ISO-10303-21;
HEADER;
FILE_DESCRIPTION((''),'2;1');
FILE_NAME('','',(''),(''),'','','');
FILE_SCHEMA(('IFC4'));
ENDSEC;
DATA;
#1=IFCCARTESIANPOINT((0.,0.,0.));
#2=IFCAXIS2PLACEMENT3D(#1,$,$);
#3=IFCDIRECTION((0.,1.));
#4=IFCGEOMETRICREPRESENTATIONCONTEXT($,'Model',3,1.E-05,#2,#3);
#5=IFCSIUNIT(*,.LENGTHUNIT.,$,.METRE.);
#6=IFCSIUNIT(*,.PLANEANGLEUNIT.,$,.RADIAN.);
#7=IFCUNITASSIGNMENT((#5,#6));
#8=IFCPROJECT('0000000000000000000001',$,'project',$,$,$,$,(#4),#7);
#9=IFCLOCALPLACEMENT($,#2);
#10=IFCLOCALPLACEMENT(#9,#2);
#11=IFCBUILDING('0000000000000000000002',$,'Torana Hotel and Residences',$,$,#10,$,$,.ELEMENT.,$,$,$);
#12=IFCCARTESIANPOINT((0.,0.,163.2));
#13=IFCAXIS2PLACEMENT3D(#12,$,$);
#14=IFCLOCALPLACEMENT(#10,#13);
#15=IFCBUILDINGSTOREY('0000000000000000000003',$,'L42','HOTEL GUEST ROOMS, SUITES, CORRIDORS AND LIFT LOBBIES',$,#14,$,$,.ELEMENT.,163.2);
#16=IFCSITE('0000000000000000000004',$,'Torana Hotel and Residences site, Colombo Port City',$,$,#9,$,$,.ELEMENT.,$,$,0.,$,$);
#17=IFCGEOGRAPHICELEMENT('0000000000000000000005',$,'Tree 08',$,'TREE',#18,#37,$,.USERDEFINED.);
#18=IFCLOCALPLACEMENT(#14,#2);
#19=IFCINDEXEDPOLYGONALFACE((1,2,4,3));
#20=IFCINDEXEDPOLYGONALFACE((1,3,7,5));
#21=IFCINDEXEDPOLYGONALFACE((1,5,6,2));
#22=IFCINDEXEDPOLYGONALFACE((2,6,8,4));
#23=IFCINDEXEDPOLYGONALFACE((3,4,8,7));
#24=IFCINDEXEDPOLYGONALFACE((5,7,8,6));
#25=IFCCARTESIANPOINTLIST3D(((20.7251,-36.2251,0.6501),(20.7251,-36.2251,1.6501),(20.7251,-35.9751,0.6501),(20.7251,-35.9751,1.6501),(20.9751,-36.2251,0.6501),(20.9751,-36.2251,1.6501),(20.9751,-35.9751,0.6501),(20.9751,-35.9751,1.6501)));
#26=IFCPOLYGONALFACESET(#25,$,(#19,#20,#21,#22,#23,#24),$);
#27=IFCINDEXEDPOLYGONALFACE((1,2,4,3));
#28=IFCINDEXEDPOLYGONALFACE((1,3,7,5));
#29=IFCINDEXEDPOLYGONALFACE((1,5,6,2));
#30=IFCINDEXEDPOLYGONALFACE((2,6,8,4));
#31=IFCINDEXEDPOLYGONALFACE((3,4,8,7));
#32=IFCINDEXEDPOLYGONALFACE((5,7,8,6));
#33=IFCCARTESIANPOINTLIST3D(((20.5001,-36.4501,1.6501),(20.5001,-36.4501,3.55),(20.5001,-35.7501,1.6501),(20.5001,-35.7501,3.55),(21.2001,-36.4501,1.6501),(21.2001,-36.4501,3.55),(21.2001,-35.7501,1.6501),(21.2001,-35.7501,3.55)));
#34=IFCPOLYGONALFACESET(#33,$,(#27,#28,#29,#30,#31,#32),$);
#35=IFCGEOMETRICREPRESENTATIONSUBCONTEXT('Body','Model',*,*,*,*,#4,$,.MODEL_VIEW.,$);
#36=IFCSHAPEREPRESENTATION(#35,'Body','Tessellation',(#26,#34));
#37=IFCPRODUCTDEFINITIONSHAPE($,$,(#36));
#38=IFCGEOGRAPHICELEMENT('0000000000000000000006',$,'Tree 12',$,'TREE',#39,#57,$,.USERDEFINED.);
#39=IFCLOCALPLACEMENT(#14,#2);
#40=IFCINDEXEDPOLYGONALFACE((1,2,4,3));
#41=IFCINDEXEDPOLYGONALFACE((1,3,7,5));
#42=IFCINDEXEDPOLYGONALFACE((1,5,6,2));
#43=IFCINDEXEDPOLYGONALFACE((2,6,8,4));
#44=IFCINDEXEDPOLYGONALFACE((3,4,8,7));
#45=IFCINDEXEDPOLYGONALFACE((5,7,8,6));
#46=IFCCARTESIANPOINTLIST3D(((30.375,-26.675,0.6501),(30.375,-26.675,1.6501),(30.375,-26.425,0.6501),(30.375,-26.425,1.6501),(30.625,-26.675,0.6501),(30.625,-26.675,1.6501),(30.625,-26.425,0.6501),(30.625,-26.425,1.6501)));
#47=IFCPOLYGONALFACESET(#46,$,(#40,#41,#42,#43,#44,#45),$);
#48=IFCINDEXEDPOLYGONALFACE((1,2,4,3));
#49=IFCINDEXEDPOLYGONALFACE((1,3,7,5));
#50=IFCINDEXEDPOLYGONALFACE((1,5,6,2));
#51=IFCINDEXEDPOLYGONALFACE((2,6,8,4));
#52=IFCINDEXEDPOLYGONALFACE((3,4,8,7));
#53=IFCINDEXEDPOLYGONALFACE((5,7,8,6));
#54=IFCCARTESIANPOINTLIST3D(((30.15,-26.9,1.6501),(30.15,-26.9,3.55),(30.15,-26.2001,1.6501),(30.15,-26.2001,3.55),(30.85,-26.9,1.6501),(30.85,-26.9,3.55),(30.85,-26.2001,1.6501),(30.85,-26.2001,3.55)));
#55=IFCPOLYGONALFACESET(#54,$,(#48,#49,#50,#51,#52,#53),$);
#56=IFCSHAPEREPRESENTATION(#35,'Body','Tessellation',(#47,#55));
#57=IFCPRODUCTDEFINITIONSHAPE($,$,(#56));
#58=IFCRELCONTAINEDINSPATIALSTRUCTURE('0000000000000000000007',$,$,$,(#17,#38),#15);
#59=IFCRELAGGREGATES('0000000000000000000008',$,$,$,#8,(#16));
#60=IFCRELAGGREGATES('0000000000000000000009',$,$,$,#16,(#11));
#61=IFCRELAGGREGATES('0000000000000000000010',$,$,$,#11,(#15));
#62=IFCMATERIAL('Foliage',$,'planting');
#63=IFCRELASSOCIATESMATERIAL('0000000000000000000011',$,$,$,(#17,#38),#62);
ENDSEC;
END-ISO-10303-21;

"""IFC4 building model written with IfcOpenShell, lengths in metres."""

from ifc_helpers import new_model, si_unit, direction, frame, origin, origin_2d, place, context, subcontext, project, spatial, rectangle, extrude, material, element, save


model = new_model("IFC4")

# Units and contexts
model_context = context("Model", 3, precision=1e-05, world=origin(), true_north=direction((0.0, 1.0)))
body_context = subcontext(model_context, "Body", "Model", "MODEL_VIEW")
ifc_project = project(units=[si_unit("LENGTHUNIT", "METRE"), si_unit("PLANEANGLEUNIT", "RADIAN")], contexts=[model_context])

# Site, building, storey
site_placement = place(None, origin())
site = spatial("IfcSite", under=ifc_project, at=site_placement, Name="Torana Hotel and Residences site, Colombo Port City", CompositionType="ELEMENT", RefElevation=0.0)
building_placement = place(site_placement, origin())
building = spatial("IfcBuilding", under=site, at=building_placement, Name="Torana Hotel and Residences", CompositionType="ELEMENT")
storey_placement = place(building_placement, frame((0.0, 0.0, 163.2)))
storey = spatial("IfcBuildingStorey", under=building, at=storey_placement, Name="L42", Description="HOTEL GUEST ROOMS, SUITES, CORRIDORS AND LIFT LOBBIES", CompositionType="ELEMENT", Elevation=163.2)

# Geographic elements
ifc_material_1 = material(Name="Foliage", Category="planting")
for number, where, z_axis, x_axis, name in (
    (1, (20.8501, -36.1001, 0.6501), (0.0, 0.0, 1.0), (1.0, 0.0, 0.0), "Tree 08"),
    (2, (30.5, -26.55, 0.6501), (0.0, 0.0, 1.0), (1.0, 0.0, 0.0), "Tree 12"),
):
    element("IfcGeographicElement", number, at=place(storey_placement, frame(where, z_axis=z_axis, x_axis=x_axis)), inside=storey, material=ifc_material_1, Name=name, ObjectType="TREE", PredefinedType="USERDEFINED", context=body_context, shape_type="SweptSolid", body=[
        extrude(rectangle(XDim=0.25, YDim=0.25, at=origin_2d()), origin(), (0.0, 0.0, 1.0), 1.0),
        extrude(rectangle(XDim=0.7, YDim=0.7, at=origin_2d()), frame((0.0, 0.0, 1.0)), (0.0, 0.0, 1.0), 1.8999),
    ])

save(model, "model.ifc")
